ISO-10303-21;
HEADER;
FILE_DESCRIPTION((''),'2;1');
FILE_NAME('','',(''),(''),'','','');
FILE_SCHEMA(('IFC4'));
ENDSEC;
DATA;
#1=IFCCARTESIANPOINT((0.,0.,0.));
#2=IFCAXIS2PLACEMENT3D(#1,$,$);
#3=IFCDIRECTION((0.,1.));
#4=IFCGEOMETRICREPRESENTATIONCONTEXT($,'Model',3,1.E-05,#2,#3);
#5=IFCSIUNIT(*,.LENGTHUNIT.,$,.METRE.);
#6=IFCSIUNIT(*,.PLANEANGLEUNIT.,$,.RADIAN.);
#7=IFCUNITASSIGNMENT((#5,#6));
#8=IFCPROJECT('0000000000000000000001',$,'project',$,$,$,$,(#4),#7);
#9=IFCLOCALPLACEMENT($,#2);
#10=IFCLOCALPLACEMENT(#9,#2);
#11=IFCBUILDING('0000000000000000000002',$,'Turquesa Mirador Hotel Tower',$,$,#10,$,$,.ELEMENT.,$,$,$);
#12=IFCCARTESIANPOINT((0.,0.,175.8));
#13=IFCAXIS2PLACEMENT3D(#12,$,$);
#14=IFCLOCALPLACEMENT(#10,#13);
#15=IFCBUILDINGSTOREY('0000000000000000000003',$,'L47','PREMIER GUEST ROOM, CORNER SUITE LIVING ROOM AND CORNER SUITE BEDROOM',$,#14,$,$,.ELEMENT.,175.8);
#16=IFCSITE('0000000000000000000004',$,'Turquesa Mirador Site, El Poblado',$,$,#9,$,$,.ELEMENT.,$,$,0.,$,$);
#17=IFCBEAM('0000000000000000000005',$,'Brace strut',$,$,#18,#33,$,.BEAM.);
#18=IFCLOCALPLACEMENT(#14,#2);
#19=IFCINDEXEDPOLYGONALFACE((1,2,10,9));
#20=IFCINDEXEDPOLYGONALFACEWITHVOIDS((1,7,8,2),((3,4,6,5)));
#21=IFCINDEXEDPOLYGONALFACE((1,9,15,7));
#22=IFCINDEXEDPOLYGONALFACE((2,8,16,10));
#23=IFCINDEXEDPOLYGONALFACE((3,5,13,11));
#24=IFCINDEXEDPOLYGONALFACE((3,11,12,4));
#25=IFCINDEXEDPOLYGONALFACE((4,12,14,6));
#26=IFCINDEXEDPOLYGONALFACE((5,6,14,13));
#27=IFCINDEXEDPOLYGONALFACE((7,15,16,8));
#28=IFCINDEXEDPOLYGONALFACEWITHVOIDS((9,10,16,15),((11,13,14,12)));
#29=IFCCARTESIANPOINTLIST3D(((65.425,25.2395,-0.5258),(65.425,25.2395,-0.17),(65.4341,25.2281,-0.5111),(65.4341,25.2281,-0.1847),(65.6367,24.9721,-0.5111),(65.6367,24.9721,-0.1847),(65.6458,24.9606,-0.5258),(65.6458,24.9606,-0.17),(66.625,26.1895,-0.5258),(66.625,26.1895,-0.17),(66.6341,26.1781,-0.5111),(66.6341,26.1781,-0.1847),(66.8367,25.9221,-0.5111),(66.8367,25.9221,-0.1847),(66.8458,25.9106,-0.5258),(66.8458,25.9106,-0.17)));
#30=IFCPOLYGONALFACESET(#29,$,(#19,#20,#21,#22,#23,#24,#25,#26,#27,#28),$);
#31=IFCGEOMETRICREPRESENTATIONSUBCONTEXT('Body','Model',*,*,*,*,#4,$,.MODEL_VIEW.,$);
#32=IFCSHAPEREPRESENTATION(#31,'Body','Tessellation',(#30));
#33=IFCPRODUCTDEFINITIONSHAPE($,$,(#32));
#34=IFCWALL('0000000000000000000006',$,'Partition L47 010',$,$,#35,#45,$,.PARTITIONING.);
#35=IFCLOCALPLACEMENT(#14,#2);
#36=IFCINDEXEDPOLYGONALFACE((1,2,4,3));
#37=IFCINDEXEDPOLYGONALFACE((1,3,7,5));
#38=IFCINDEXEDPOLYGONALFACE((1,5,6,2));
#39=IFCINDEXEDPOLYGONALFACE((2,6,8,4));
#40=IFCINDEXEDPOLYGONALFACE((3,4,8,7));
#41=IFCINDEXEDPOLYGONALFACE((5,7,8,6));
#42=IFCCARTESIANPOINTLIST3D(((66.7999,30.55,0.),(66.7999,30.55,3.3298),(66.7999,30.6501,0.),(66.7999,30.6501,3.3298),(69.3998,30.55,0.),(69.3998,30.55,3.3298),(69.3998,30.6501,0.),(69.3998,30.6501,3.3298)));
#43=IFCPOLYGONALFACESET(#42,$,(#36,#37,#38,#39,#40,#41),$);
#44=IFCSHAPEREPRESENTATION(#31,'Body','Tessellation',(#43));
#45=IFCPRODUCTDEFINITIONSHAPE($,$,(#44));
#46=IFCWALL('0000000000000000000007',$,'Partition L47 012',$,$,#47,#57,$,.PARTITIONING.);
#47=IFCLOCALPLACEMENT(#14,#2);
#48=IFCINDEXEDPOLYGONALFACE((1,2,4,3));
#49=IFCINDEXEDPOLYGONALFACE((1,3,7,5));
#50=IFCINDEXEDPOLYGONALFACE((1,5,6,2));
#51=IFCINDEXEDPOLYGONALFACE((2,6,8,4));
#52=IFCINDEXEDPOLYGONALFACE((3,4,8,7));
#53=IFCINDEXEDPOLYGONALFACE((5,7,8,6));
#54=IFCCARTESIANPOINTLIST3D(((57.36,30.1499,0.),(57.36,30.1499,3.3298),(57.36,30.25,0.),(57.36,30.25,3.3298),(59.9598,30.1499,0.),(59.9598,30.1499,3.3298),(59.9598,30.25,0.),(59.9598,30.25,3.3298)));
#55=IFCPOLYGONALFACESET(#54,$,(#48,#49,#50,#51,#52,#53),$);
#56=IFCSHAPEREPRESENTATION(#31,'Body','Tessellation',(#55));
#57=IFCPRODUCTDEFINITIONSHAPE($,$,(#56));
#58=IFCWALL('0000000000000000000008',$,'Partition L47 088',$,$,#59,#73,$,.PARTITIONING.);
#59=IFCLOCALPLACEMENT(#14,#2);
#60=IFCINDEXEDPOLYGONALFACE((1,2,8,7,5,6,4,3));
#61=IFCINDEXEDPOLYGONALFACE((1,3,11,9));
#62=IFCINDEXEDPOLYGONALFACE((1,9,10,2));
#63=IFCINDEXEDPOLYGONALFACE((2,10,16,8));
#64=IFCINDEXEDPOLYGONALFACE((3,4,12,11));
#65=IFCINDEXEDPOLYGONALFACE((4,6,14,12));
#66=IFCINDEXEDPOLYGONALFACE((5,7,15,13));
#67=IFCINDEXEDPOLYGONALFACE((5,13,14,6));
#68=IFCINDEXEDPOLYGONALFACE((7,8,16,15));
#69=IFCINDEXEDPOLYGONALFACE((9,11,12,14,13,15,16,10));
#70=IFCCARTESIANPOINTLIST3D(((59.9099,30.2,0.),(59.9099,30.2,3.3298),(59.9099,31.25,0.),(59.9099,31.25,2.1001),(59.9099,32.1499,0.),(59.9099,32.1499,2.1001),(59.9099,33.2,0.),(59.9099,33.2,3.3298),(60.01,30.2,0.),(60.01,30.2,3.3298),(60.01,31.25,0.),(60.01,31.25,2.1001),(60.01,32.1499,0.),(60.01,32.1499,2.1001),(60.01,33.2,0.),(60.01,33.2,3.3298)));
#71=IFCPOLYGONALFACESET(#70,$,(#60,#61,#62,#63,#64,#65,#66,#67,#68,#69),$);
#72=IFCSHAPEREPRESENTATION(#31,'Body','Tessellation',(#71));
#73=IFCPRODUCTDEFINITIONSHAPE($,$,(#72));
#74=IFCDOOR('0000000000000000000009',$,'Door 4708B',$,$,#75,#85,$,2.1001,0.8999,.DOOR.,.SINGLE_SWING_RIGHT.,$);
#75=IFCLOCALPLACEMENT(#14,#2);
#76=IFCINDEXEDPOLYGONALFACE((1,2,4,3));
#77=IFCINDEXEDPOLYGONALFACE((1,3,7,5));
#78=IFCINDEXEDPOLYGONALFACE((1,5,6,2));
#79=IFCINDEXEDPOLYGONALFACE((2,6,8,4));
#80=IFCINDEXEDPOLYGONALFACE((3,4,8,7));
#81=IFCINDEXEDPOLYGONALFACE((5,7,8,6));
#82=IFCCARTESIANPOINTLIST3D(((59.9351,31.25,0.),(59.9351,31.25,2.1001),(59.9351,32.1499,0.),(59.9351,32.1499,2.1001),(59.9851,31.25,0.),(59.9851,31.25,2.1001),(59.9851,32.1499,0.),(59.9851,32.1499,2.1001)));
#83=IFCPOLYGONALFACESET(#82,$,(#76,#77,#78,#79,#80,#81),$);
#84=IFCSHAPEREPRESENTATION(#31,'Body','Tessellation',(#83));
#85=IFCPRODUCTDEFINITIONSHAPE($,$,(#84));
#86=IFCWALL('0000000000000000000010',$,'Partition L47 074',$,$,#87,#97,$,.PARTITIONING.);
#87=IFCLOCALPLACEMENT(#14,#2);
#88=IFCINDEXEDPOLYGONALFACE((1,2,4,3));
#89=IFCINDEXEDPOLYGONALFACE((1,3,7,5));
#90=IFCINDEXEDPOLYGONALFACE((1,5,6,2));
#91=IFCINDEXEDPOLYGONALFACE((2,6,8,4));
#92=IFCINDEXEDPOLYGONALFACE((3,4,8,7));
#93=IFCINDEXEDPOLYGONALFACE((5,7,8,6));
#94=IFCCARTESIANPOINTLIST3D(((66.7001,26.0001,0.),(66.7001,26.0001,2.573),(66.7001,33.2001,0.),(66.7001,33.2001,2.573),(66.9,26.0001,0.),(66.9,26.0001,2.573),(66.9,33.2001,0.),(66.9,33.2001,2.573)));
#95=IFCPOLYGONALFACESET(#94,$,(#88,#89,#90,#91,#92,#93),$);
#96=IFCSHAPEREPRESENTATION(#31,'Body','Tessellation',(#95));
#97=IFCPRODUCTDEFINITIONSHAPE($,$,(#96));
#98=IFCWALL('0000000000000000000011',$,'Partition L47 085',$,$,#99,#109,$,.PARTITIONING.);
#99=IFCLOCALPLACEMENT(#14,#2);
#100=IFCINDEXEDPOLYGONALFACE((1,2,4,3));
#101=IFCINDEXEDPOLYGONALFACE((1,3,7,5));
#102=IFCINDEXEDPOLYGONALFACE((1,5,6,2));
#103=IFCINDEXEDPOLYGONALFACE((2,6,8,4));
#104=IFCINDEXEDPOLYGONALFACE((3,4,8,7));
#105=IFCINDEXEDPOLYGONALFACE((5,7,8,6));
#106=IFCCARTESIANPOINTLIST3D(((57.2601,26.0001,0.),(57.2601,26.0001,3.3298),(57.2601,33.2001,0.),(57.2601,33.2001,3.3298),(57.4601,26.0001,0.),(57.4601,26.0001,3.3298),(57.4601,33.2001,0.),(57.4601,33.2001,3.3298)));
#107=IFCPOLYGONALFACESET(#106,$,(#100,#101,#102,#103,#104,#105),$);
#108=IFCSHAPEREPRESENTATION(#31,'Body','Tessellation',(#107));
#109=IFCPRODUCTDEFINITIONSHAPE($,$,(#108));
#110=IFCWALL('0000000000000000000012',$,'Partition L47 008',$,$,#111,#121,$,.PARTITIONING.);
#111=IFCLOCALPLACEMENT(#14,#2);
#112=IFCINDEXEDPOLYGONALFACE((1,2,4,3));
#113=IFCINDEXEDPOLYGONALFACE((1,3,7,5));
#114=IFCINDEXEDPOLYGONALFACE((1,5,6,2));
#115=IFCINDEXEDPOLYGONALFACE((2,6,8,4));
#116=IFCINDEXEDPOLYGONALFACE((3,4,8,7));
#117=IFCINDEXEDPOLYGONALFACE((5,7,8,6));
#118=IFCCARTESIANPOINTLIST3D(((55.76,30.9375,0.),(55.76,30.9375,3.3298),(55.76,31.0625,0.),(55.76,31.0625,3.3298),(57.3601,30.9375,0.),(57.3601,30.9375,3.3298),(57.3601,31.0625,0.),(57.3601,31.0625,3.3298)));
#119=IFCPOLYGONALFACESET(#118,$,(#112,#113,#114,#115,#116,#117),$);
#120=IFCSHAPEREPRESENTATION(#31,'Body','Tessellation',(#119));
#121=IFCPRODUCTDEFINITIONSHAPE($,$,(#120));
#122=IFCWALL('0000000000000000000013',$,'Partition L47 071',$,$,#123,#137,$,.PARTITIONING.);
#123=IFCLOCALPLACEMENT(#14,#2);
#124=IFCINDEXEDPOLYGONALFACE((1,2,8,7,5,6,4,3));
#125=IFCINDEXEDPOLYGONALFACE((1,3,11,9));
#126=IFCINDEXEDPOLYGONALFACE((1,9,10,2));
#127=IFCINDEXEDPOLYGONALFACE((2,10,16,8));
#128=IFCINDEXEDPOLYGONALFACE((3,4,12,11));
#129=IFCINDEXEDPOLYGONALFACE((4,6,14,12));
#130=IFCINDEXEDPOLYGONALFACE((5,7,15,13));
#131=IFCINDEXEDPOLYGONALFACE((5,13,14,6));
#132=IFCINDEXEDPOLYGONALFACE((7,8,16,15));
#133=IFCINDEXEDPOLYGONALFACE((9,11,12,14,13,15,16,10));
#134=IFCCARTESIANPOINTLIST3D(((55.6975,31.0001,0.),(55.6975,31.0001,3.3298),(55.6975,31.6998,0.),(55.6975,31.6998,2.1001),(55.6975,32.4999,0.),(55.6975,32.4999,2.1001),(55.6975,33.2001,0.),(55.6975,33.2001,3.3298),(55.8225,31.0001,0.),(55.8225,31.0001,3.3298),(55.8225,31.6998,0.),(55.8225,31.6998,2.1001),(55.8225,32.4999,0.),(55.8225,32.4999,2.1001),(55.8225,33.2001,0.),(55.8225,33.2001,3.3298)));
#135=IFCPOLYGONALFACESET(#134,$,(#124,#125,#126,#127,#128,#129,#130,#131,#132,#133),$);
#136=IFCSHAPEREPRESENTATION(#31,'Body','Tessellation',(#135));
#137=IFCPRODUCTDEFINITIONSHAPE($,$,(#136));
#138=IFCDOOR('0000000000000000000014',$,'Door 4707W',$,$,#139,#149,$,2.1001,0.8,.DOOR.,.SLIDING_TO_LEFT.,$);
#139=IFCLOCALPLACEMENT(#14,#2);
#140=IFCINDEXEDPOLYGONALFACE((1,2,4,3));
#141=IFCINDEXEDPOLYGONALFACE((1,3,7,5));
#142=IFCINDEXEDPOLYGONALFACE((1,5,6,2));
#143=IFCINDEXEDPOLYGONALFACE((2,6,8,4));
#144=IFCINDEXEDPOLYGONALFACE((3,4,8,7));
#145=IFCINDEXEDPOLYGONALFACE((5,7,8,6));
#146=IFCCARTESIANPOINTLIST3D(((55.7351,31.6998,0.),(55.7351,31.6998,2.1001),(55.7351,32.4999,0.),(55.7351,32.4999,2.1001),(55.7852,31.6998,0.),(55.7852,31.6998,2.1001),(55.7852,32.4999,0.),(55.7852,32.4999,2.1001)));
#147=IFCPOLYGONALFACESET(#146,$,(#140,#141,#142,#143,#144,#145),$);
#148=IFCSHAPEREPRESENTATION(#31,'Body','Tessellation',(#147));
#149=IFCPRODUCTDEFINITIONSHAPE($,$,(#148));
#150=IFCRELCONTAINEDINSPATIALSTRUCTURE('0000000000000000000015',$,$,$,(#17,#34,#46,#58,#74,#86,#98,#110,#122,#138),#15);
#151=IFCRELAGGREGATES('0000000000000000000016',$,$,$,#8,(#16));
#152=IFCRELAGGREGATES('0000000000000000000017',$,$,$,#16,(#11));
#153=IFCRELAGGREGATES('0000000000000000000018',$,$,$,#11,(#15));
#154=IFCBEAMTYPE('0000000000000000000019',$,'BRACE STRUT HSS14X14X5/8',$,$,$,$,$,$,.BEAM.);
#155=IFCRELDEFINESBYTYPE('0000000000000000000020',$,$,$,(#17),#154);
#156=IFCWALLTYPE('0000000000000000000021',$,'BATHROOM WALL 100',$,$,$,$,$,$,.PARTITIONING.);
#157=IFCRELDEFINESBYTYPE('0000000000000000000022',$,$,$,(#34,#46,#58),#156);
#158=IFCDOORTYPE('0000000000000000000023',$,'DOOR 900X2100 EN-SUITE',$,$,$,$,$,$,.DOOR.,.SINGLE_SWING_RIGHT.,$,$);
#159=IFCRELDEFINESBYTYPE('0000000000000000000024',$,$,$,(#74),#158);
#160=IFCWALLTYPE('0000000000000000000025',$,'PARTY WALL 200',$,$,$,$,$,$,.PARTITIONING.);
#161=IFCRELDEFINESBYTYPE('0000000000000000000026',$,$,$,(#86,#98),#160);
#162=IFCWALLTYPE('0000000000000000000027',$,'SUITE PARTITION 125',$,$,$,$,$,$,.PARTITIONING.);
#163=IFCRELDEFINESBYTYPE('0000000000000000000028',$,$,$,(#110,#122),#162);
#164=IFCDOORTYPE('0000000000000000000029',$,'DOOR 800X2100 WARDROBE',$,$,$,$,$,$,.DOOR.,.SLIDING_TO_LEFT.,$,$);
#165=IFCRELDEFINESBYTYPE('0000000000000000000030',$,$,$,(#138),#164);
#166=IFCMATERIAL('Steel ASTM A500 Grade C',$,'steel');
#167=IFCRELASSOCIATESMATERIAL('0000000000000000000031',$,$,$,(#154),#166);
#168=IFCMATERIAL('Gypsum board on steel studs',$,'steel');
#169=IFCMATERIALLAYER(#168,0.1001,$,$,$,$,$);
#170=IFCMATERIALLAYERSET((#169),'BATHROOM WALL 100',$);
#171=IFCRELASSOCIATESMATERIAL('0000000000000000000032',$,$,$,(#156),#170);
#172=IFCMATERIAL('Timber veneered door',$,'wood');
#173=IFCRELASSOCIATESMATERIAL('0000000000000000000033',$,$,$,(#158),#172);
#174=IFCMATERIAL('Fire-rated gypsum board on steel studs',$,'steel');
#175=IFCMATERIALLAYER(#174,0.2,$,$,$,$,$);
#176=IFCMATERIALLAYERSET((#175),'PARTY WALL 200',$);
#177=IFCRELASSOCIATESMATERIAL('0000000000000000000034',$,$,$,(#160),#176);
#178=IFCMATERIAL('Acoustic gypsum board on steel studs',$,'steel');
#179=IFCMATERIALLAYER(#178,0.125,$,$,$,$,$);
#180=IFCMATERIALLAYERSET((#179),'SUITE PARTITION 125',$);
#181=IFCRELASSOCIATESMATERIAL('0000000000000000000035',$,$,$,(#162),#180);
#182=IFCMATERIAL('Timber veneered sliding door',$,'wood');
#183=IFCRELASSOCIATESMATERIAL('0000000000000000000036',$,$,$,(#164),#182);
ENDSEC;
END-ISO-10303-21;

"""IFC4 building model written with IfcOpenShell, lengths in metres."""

from ifc_helpers import new_model, si_unit, direction, frame, frame_2d, origin, origin_2d, place, context, subcontext, project, spatial, rectangle, hollow_rectangle, extrude, material, layer, layer_set, material_profile, profile_set, type_object, element, fill, save


model = new_model("IFC4")

# Units and contexts
model_context = context("Model", 3, precision=1e-05, world=origin(), true_north=direction((0.0, 1.0)))
body_context = subcontext(model_context, "Body", "Model", "MODEL_VIEW")
ifc_project = project(units=[si_unit("LENGTHUNIT", "METRE"), si_unit("PLANEANGLEUNIT", "RADIAN")], contexts=[model_context])

# Site, building, storey
site_placement = place(None, origin())
site = spatial("IfcSite", under=ifc_project, at=site_placement, Name="Turquesa Mirador Site, El Poblado", CompositionType="ELEMENT", RefElevation=0.0)
building_placement = place(site_placement, origin())
building = spatial("IfcBuilding", under=site, at=building_placement, Name="Turquesa Mirador Hotel Tower", CompositionType="ELEMENT")
storey_placement = place(building_placement, frame((0.0, 0.0, 175.8)))
storey = spatial("IfcBuildingStorey", under=building, at=storey_placement, Name="L47", Description="PREMIER GUEST ROOM, CORNER SUITE LIVING ROOM AND CORNER SUITE BEDROOM", CompositionType="ELEMENT", Elevation=175.8)

# Beam
ifc_material_1 = material(Name="Steel ASTM A500 Grade C", Category="steel")
ifc_material_profile_1 = material_profile(ifc_material_1, hollow_rectangle(XDim=0.3557, YDim=0.3557, WallThickness=0.0146, at=origin_2d()), Name="HSS14X14X5/8")
ifc_profile_set_1 = profile_set([ifc_material_profile_1], Name="Steel ASTM A500 Grade C")
beam_type_1 = type_object("IfcBeamType", Name="BRACE STRUT HSS14X14X5/8", PredefinedType="BEAM", material=ifc_profile_set_1)
beam_1_placement = place(storey_placement, frame((65.5354, 25.1001, -0.3479), z_axis=(0.784049, 0.620699, 0.0), x_axis=(-0.620699, 0.784049, 0.0)))
element("IfcBeam", 1, at=beam_1_placement, inside=storey, type_object=beam_type_1, Name="Brace strut", PredefinedType="BEAM", context=body_context, shape_type="SweptSolid", body=[
    extrude(hollow_rectangle(XDim=0.3557, YDim=0.3557, WallThickness=0.0146, at=origin_2d()), origin(), (0.0, 0.0, 1.0), 1.5305),
])

# Walls
ifc_material_2 = material(Name="Gypsum board on steel studs", Category="steel")
ifc_layer_1 = layer(ifc_material_2, 0.1001)
ifc_layer_set_1 = layer_set([ifc_layer_1], Name="BATHROOM WALL 100")
wall_type_1 = type_object("IfcWallType", Name="BATHROOM WALL 100", PredefinedType="PARTITIONING", material=ifc_layer_set_1)
for number, where, z_axis, x_axis, name in (
    (2, (66.8, 30.6001, 0.0), (0.0, 0.0, 1.0), (1.0, 0.0, 0.0), "Partition L47 010"),
    (3, (57.3601, 30.2, 0.0), (0.0, 0.0, 1.0), (1.0, 0.0, 0.0), "Partition L47 012"),
):
    element("IfcWall", number, at=place(storey_placement, frame(where, z_axis=z_axis, x_axis=x_axis)), inside=storey, type_object=wall_type_1, Name=name, PredefinedType="PARTITIONING", context=body_context, shape_type="SweptSolid", body=[
        extrude(rectangle(XDim=2.5999, YDim=0.1001, at=frame_2d((1.2998, 0.0))), origin(), (0.0, 0.0, 1.0), 3.3298),
    ])

# Wall, opening, door
wall_1_placement = place(storey_placement, frame((59.96, 30.2, 0.0), z_axis=(0.0, 0.0, 1.0), x_axis=(0.0, 1.0, 0.0)))
wall_1 = element("IfcWall", 4, at=wall_1_placement, inside=storey, type_object=wall_type_1, Name="Partition L47 088", PredefinedType="PARTITIONING", context=body_context, shape_type="SweptSolid", body=[
    extrude(rectangle(XDim=3.0, YDim=0.1001, at=frame_2d((1.5, 0.0))), origin(), (0.0, 0.0, 1.0), 3.3298),
])
opening_1_placement = place(wall_1_placement, frame((1.05, 0.0, 0.0)))
opening_1 = element("IfcOpeningElement", 5, at=opening_1_placement, cuts=wall_1, PredefinedType="OPENING", context=body_context, shape_type="SweptSolid", body=[
    extrude(rectangle(XDim=0.8999, YDim=2.1001, at=frame_2d((0.45, 1.05))), frame((0.0, 0.0601, 0.0), z_axis=(0.0, -1.0, 0.0), x_axis=(1.0, 0.0, 0.0)), (0.0, 0.0, 1.0), 0.1201),
])
ifc_material_3 = material(Name="Timber veneered door", Category="wood")
door_type_1 = type_object("IfcDoorType", Name="DOOR 900X2100 EN-SUITE", OperationType="SINGLE_SWING_RIGHT", PredefinedType="DOOR", material=ifc_material_3)
door_1_placement = place(opening_1_placement, origin())
door_1 = element("IfcDoor", 6, at=door_1_placement, inside=storey, type_object=door_type_1, Name="Door 4708B", OperationType="SINGLE_SWING_RIGHT", OverallHeight=2.1001, OverallWidth=0.8999, PredefinedType="DOOR", context=body_context, shape_type="SweptSolid", body=[
    extrude(rectangle(XDim=0.8999, YDim=2.1001, at=frame_2d((0.45, 1.05))), frame((0.0, 0.0249, 0.0), z_axis=(0.0, -1.0, 0.0), x_axis=(1.0, 0.0, 0.0)), (0.0, 0.0, 1.0), 0.05),
])
fill(opening_1, door_1)

# Walls
ifc_material_4 = material(Name="Fire-rated gypsum board on steel studs", Category="steel")
ifc_layer_2 = layer(ifc_material_4, 0.2)
ifc_layer_set_2 = layer_set([ifc_layer_2], Name="PARTY WALL 200")
wall_type_2 = type_object("IfcWallType", Name="PARTY WALL 200", PredefinedType="PARTITIONING", material=ifc_layer_set_2)
wall_2_placement = place(storey_placement, frame((66.8, 26.0, 0.0), z_axis=(0.0, 0.0, 1.0), x_axis=(0.0, 1.0, 0.0)))
element("IfcWall", 7, at=wall_2_placement, inside=storey, type_object=wall_type_2, Name="Partition L47 074", PredefinedType="PARTITIONING", context=body_context, shape_type="SweptSolid", body=[
    extrude(rectangle(XDim=7.2, YDim=0.2, at=frame_2d((3.6001, 0.0))), origin(), (0.0, 0.0, 1.0), 2.573),
])
wall_3_placement = place(storey_placement, frame((57.3601, 26.0, 0.0), z_axis=(0.0, 0.0, 1.0), x_axis=(0.0, 1.0, 0.0)))
element("IfcWall", 8, at=wall_3_placement, inside=storey, type_object=wall_type_2, Name="Partition L47 085", PredefinedType="PARTITIONING", context=body_context, shape_type="SweptSolid", body=[
    extrude(rectangle(XDim=7.2, YDim=0.2, at=frame_2d((3.6001, 0.0))), origin(), (0.0, 0.0, 1.0), 3.3298),
])
ifc_material_5 = material(Name="Acoustic gypsum board on steel studs", Category="steel")
ifc_layer_3 = layer(ifc_material_5, 0.125)
ifc_layer_set_3 = layer_set([ifc_layer_3], Name="SUITE PARTITION 125")
wall_type_3 = type_object("IfcWallType", Name="SUITE PARTITION 125", PredefinedType="PARTITIONING", material=ifc_layer_set_3)
wall_4_placement = place(storey_placement, frame((55.76, 31.0, 0.0), z_axis=(0.0, 0.0, 1.0), x_axis=(1.0, 0.0, 0.0)))
element("IfcWall", 9, at=wall_4_placement, inside=storey, type_object=wall_type_3, Name="Partition L47 008", PredefinedType="PARTITIONING", context=body_context, shape_type="SweptSolid", body=[
    extrude(rectangle(XDim=1.6001, YDim=0.125, at=frame_2d((0.8, 0.0))), origin(), (0.0, 0.0, 1.0), 3.3298),
])

# Wall, opening, door
wall_5_placement = place(storey_placement, frame((55.76, 31.0, 0.0), z_axis=(0.0, 0.0, 1.0), x_axis=(0.0, 1.0, 0.0)))
wall_5 = element("IfcWall", 10, at=wall_5_placement, inside=storey, type_object=wall_type_3, Name="Partition L47 071", PredefinedType="PARTITIONING", context=body_context, shape_type="SweptSolid", body=[
    extrude(rectangle(XDim=2.2, YDim=0.125, at=frame_2d((1.1001, 0.0))), origin(), (0.0, 0.0, 1.0), 3.3298),
])
opening_2_placement = place(wall_5_placement, frame((0.7, 0.0, 0.0)))
opening_2 = element("IfcOpeningElement", 11, at=opening_2_placement, cuts=wall_5, PredefinedType="OPENING", context=body_context, shape_type="SweptSolid", body=[
    extrude(rectangle(XDim=0.8, YDim=2.1001, at=frame_2d((0.3999, 1.05))), frame((0.0, 0.0725, 0.0), z_axis=(0.0, -1.0, 0.0), x_axis=(1.0, 0.0, 0.0)), (0.0, 0.0, 1.0), 0.145),
])
ifc_material_6 = material(Name="Timber veneered sliding door", Category="wood")
door_type_2 = type_object("IfcDoorType", Name="DOOR 800X2100 WARDROBE", OperationType="SLIDING_TO_LEFT", PredefinedType="DOOR", material=ifc_material_6)
door_2_placement = place(opening_2_placement, origin())
door_2 = element("IfcDoor", 12, at=door_2_placement, inside=storey, type_object=door_type_2, Name="Door 4707W", OperationType="SLIDING_TO_LEFT", OverallHeight=2.1001, OverallWidth=0.8, PredefinedType="DOOR", context=body_context, shape_type="SweptSolid", body=[
    extrude(rectangle(XDim=0.8, YDim=2.1001, at=frame_2d((0.3999, 1.05))), frame((0.0, 0.0249, 0.0), z_axis=(0.0, -1.0, 0.0), x_axis=(1.0, 0.0, 0.0)), (0.0, 0.0, 1.0), 0.05),
])
fill(opening_2, door_2)

save(model, "model.ifc")
